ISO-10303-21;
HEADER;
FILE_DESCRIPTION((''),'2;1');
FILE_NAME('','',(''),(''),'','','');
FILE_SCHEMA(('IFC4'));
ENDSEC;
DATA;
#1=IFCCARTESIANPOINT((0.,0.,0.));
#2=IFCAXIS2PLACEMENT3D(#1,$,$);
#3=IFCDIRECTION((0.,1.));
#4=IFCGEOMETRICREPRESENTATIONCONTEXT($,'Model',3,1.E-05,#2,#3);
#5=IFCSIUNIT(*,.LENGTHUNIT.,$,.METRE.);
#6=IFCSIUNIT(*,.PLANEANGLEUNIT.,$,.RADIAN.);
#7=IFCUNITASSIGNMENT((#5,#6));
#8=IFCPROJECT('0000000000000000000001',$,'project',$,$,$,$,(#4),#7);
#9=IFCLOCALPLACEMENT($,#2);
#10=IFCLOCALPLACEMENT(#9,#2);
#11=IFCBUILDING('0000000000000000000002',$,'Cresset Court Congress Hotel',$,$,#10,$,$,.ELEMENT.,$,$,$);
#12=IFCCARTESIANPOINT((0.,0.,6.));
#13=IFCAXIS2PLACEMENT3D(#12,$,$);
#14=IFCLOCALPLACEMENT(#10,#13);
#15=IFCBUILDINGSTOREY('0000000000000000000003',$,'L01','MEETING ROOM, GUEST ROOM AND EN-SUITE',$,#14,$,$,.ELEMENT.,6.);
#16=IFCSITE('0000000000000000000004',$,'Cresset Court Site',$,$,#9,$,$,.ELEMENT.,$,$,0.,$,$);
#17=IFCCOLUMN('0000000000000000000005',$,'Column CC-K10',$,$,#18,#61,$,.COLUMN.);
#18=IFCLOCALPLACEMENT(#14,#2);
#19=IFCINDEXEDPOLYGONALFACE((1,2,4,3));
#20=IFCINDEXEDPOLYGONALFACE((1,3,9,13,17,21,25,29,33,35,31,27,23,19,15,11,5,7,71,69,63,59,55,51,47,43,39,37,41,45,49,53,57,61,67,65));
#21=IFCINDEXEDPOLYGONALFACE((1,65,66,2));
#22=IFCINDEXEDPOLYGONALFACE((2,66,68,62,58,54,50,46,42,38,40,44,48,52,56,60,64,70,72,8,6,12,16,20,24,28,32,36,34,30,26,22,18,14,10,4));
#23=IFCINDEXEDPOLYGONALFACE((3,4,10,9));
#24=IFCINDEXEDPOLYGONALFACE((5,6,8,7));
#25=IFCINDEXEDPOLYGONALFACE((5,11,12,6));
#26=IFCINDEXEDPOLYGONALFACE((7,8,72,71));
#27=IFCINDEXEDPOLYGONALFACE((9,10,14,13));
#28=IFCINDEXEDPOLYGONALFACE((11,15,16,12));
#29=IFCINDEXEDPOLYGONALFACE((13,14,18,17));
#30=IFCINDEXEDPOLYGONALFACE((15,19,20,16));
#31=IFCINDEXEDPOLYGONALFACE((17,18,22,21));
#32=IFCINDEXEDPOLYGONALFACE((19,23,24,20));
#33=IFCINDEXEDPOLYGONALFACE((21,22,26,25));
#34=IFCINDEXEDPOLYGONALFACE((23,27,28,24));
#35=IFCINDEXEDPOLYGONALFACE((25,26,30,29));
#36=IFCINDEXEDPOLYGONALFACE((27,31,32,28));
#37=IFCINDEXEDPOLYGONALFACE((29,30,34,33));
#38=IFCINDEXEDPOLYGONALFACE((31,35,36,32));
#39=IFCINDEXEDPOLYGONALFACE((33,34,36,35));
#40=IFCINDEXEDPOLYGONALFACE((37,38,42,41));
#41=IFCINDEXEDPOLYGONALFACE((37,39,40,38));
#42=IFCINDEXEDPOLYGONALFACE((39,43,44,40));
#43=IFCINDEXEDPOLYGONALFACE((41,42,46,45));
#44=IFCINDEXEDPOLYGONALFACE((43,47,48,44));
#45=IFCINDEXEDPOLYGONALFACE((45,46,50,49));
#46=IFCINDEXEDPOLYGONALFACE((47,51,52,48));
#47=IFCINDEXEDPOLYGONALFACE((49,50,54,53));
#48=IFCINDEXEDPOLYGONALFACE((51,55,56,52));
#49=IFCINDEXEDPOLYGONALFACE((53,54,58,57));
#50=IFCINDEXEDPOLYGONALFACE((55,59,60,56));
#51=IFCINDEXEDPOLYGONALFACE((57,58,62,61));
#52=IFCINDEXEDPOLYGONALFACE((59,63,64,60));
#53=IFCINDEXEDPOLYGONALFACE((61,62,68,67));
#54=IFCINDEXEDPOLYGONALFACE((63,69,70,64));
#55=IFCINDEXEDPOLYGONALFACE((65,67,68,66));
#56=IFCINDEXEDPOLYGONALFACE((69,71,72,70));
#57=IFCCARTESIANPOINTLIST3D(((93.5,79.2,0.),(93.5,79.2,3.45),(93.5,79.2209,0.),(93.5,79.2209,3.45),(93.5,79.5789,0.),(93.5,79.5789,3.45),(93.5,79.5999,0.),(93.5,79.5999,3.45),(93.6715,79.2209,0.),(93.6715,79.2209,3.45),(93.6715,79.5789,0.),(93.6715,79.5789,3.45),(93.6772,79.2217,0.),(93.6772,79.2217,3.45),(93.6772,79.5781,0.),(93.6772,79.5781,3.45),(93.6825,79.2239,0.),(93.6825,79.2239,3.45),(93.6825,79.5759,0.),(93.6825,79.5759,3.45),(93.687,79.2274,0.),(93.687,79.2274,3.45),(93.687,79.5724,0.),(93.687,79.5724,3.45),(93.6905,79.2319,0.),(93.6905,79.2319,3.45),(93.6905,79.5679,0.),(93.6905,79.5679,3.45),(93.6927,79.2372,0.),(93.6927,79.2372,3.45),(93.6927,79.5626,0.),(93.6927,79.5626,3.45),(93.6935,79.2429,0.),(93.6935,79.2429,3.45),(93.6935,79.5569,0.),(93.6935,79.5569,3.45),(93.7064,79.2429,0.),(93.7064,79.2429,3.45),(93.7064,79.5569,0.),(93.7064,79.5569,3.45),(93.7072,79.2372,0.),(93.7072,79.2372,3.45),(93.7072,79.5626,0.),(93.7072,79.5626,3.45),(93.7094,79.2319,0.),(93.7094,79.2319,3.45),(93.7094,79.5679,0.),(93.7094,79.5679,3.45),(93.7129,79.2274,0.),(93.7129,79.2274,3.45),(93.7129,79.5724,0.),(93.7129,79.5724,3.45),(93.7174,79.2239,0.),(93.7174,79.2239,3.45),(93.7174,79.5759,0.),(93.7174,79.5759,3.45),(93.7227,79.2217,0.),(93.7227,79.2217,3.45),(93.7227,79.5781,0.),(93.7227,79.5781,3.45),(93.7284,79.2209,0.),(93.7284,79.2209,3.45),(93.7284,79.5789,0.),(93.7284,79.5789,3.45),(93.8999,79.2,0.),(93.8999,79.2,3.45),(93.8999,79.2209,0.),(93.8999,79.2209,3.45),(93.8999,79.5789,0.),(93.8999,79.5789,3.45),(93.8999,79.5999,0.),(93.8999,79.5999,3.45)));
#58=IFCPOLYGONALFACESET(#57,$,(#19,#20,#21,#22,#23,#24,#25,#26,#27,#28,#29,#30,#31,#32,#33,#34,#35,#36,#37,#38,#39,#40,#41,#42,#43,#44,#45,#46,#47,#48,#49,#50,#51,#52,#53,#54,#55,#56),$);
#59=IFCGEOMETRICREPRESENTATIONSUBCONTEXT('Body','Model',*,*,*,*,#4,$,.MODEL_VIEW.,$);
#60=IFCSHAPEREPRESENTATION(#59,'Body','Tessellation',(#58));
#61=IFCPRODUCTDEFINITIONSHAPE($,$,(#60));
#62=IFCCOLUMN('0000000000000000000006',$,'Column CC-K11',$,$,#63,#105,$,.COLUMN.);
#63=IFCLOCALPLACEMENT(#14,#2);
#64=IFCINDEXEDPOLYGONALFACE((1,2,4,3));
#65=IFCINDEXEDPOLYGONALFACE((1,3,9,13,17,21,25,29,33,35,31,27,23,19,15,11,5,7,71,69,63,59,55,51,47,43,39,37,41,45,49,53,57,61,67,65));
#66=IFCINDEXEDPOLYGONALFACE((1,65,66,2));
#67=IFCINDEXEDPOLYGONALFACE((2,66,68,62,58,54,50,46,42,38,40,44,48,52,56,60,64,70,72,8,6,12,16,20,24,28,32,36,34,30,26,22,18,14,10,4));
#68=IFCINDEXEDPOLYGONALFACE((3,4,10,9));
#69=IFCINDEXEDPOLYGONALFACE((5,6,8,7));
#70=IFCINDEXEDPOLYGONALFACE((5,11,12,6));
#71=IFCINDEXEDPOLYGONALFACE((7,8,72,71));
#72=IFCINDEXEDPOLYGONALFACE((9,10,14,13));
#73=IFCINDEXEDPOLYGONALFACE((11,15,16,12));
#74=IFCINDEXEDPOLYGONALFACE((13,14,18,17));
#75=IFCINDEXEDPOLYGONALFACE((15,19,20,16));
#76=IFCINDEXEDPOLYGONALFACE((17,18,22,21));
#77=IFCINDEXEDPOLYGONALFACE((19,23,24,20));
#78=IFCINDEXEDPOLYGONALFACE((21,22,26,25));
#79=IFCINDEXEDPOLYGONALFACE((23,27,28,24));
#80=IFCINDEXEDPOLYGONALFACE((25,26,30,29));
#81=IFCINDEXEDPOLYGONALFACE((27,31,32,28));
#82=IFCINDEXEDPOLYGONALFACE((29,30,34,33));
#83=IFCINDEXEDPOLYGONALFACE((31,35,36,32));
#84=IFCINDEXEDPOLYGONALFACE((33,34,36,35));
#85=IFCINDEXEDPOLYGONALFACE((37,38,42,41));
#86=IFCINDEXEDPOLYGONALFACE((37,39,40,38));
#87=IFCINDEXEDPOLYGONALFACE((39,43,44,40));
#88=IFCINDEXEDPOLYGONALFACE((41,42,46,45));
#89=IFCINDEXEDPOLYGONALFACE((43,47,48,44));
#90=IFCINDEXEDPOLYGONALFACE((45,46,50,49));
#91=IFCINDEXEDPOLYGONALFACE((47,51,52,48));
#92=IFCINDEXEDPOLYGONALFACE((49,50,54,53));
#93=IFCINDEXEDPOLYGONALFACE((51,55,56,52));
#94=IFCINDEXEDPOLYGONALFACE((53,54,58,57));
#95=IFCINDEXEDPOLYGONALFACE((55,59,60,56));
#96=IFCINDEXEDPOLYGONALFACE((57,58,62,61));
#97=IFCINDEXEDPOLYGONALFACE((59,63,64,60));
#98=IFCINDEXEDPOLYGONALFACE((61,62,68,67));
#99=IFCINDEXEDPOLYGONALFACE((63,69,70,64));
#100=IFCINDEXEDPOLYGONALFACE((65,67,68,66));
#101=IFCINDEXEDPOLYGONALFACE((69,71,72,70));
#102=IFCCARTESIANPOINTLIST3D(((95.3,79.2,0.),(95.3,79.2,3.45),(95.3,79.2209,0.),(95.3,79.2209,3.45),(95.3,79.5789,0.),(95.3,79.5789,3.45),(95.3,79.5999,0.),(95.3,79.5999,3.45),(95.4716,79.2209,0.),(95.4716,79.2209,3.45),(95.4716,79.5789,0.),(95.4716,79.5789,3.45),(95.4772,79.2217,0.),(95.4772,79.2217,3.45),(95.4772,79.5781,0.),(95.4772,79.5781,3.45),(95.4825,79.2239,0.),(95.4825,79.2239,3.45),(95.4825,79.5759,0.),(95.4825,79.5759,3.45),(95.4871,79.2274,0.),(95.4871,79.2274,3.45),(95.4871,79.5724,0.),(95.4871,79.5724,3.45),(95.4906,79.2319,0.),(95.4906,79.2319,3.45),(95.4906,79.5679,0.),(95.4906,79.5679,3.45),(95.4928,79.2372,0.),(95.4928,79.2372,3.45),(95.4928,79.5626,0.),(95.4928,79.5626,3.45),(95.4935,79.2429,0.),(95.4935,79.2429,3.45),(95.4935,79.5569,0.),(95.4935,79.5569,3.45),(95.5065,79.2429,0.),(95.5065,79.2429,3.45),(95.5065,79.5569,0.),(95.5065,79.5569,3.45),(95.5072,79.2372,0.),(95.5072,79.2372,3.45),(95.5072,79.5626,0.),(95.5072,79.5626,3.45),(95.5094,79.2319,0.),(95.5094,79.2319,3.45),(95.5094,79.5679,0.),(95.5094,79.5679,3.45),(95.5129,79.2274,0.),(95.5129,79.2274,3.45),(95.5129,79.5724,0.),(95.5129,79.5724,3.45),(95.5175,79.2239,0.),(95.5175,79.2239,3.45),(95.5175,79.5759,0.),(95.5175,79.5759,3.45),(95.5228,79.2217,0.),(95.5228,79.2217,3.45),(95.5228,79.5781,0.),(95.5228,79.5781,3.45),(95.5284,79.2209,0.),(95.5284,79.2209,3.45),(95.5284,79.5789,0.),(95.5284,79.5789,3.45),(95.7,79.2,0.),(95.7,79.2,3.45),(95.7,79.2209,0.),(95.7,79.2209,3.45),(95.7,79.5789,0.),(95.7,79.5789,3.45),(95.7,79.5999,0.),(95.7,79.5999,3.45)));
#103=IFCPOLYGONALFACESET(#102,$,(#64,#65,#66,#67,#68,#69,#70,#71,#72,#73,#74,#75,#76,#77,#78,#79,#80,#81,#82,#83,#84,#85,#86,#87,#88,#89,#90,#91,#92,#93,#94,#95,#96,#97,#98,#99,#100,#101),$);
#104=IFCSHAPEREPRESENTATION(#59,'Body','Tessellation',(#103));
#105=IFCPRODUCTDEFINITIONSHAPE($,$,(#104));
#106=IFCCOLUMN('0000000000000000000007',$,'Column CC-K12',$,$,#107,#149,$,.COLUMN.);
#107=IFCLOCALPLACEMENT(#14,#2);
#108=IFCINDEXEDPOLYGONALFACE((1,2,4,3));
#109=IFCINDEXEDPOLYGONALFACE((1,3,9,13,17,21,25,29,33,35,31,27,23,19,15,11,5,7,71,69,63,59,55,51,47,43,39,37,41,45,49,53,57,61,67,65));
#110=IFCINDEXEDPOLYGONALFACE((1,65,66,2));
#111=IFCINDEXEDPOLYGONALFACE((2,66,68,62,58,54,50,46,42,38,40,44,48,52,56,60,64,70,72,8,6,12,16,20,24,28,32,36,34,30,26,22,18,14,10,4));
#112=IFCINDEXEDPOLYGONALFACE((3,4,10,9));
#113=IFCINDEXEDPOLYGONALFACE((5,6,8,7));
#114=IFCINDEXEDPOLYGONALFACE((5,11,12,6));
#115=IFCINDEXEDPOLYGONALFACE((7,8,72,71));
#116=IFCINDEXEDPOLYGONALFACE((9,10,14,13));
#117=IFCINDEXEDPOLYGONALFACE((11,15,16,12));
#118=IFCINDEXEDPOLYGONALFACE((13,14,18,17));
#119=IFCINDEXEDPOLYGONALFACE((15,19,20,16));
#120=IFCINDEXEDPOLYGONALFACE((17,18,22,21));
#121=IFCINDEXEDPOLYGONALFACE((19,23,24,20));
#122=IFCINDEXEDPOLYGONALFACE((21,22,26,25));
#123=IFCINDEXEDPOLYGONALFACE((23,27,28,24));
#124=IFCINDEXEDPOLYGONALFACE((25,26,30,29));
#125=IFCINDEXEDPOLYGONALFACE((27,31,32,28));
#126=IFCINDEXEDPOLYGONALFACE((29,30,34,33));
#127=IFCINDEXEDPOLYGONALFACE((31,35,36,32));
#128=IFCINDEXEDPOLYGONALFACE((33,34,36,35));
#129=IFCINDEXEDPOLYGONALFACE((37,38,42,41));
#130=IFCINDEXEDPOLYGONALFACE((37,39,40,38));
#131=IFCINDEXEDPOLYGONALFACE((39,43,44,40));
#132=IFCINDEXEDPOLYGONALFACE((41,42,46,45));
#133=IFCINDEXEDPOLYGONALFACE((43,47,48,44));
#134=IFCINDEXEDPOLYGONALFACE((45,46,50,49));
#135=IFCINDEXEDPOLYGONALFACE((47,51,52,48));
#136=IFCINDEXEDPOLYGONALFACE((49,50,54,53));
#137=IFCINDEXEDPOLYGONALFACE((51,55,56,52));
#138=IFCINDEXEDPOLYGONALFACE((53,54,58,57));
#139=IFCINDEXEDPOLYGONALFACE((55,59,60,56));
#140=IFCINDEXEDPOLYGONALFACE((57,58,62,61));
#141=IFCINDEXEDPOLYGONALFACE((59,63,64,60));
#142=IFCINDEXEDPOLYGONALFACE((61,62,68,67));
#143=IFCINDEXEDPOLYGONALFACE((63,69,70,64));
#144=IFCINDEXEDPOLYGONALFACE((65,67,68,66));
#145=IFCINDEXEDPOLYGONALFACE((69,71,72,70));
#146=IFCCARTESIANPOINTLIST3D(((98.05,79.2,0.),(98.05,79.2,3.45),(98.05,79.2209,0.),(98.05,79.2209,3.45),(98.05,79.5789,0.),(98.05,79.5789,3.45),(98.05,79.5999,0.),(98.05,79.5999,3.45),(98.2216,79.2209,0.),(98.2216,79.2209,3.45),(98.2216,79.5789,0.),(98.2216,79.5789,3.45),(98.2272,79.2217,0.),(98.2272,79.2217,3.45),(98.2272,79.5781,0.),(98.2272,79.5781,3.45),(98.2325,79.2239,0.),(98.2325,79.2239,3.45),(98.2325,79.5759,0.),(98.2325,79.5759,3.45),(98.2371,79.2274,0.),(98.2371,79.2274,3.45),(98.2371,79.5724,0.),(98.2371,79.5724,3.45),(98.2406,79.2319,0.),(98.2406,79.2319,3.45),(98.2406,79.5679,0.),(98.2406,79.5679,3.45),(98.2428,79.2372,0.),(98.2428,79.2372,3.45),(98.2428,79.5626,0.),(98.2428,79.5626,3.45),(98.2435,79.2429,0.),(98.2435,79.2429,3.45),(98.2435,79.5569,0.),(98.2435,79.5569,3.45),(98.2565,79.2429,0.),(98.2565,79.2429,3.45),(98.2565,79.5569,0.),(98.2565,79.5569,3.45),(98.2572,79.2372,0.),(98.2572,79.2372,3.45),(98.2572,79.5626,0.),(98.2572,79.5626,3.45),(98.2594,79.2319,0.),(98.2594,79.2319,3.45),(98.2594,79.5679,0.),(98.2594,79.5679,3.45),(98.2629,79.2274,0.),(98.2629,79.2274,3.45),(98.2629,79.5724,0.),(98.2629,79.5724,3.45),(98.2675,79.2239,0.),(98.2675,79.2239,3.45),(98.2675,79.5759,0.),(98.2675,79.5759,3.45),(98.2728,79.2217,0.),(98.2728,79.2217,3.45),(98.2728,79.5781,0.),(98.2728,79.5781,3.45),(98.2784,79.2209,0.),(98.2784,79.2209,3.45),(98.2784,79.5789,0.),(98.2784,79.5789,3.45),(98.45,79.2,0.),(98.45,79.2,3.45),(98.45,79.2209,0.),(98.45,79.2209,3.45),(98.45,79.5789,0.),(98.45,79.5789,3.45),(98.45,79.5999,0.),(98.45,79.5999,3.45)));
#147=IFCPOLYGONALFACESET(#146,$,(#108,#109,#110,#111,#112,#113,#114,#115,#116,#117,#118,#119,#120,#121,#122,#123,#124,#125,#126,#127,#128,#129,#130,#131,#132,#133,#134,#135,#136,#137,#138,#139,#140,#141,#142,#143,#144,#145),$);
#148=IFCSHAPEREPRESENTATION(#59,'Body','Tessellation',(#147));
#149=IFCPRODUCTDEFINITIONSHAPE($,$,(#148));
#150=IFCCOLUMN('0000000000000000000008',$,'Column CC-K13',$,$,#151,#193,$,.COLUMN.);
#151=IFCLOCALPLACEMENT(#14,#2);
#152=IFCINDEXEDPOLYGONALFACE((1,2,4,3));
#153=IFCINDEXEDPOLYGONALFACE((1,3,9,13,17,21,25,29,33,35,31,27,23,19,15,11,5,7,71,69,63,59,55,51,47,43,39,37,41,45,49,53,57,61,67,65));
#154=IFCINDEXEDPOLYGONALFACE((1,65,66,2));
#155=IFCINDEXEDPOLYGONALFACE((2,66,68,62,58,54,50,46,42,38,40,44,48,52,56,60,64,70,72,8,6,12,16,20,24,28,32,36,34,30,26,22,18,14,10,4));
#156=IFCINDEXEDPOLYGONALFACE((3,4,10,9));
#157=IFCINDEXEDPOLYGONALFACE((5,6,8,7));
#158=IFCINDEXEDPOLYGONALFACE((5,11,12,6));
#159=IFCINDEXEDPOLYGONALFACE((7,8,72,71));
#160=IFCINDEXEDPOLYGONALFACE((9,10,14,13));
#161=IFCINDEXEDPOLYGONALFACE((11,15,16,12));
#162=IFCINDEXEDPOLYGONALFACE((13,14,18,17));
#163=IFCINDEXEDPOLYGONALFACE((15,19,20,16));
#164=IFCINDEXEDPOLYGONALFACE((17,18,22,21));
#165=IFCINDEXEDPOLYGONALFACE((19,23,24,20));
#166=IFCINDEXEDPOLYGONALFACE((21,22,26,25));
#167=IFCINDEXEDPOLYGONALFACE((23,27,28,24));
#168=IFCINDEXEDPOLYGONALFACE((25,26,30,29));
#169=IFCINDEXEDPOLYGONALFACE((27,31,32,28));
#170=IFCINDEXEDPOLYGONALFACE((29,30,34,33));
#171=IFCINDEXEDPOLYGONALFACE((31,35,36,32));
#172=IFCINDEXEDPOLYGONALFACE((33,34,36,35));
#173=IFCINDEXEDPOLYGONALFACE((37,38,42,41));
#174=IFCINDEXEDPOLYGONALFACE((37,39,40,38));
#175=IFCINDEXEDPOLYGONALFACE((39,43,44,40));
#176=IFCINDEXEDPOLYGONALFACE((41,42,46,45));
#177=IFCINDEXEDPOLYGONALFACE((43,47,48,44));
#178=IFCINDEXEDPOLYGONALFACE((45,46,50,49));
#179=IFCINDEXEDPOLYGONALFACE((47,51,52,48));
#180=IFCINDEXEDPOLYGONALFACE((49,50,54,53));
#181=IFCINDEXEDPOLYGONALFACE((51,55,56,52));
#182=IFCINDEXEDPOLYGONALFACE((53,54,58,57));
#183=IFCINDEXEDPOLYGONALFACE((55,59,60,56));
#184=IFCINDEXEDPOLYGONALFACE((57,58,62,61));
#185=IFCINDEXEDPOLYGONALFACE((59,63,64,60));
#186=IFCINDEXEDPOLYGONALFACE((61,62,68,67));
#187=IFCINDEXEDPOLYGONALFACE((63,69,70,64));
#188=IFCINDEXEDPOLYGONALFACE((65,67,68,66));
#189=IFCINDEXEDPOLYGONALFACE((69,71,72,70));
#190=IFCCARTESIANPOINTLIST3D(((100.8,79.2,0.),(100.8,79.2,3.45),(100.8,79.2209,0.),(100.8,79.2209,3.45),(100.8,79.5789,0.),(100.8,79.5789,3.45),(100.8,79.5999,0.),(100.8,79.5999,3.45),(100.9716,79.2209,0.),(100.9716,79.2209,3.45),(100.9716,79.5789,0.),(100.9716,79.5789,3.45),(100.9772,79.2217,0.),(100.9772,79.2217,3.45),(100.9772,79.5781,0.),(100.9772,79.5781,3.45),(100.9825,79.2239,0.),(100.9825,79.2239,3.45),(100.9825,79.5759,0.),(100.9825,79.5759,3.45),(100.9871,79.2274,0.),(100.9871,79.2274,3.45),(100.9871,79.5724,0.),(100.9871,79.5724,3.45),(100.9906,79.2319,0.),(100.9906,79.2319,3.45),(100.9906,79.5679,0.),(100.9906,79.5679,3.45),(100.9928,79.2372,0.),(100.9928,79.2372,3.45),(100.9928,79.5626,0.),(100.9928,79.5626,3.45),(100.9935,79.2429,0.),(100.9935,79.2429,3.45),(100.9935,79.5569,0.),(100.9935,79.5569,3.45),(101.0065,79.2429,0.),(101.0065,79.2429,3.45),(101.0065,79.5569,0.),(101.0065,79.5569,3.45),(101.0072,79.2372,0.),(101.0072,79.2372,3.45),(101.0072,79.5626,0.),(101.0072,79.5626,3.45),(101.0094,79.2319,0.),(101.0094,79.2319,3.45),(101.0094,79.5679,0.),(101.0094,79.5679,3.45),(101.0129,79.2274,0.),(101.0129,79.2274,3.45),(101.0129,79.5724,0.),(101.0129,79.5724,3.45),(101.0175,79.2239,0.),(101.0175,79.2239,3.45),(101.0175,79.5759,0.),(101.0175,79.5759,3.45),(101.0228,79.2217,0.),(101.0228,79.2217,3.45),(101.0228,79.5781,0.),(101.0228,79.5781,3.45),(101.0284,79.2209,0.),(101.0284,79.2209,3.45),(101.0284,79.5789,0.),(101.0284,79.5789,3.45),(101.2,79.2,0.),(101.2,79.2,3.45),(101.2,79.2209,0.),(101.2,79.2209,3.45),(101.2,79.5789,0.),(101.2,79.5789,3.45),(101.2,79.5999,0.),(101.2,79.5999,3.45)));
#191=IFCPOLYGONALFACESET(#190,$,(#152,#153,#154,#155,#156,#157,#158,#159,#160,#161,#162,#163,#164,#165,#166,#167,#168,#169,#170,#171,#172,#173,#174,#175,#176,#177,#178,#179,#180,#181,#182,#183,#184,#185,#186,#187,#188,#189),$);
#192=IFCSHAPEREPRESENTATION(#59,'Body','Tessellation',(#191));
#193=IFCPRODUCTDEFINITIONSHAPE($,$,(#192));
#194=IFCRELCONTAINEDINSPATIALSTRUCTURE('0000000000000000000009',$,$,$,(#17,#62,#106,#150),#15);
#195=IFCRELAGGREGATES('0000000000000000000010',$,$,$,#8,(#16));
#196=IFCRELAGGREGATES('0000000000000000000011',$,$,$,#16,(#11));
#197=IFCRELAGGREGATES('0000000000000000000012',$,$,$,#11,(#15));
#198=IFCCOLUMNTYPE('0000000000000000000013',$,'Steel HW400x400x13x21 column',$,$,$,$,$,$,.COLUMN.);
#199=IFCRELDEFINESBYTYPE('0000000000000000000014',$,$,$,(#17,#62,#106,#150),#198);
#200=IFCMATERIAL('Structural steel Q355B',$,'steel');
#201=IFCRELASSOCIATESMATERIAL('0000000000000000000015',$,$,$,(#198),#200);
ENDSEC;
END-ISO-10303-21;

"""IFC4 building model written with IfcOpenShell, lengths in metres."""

from ifc_helpers import new_model, si_unit, direction, frame, origin, origin_2d, place, context, subcontext, project, spatial, i_section, extrude, material, material_profile, profile_set, type_object, element, save


model = new_model("IFC4")

# Units and contexts
model_context = context("Model", 3, precision=1e-05, world=origin(), true_north=direction((0.0, 1.0)))
body_context = subcontext(model_context, "Body", "Model", "MODEL_VIEW")
ifc_project = project(units=[si_unit("LENGTHUNIT", "METRE"), si_unit("PLANEANGLEUNIT", "RADIAN")], contexts=[model_context])

# Site, building, storey
site_placement = place(None, origin())
site = spatial("IfcSite", under=ifc_project, at=site_placement, Name="Cresset Court Site", CompositionType="ELEMENT", RefElevation=0.0)
building_placement = place(site_placement, origin())
building = spatial("IfcBuilding", under=site, at=building_placement, Name="Cresset Court Congress Hotel", CompositionType="ELEMENT")
storey_placement = place(building_placement, frame((0.0, 0.0, 6.0)))
storey = spatial("IfcBuildingStorey", under=building, at=storey_placement, Name="L01", Description="MEETING ROOM, GUEST ROOM AND EN-SUITE", CompositionType="ELEMENT", Elevation=6.0)

# Columns
ifc_material_1 = material(Name="Structural steel Q355B", Category="steel")
ifc_material_profile_1 = material_profile(ifc_material_1, i_section(OverallWidth=0.3999, OverallDepth=0.3999, WebThickness=0.0129, FlangeThickness=0.021, FilletRadius=0.022, at=origin_2d()), Name="HW400x400x13x21")
ifc_profile_set_1 = profile_set([ifc_material_profile_1], Name="Structural steel Q355B")
column_type = type_object("IfcColumnType", Name="Steel HW400x400x13x21 column", PredefinedType="COLUMN", material=ifc_profile_set_1)
for number, where, z_axis, x_axis, name in (
    (1, (93.7, 79.3999, 0.0), (0.0, 0.0, 1.0), (1.0, 0.0, 0.0), "Column CC-K10"),
    (2, (95.5, 79.3999, 0.0), (0.0, 0.0, 1.0), (1.0, 0.0, 0.0), "Column CC-K11"),
    (3, (98.25, 79.3999, 0.0), (0.0, 0.0, 1.0), (1.0, 0.0, 0.0), "Column CC-K12"),
    (4, (101.0, 79.3999, 0.0), (0.0, 0.0, 1.0), (1.0, 0.0, 0.0), "Column CC-K13"),
):
    element("IfcColumn", number, at=place(storey_placement, frame(where, z_axis=z_axis, x_axis=x_axis)), inside=storey, type_object=column_type, Name=name, PredefinedType="COLUMN", context=body_context, shape_type="SweptSolid", body=[
        extrude(i_section(OverallWidth=0.3999, OverallDepth=0.3999, WebThickness=0.0129, FlangeThickness=0.021, FilletRadius=0.022, at=origin_2d()), origin(), (0.0, 0.0, 1.0), 3.45),
    ])

save(model, "model.ifc")
